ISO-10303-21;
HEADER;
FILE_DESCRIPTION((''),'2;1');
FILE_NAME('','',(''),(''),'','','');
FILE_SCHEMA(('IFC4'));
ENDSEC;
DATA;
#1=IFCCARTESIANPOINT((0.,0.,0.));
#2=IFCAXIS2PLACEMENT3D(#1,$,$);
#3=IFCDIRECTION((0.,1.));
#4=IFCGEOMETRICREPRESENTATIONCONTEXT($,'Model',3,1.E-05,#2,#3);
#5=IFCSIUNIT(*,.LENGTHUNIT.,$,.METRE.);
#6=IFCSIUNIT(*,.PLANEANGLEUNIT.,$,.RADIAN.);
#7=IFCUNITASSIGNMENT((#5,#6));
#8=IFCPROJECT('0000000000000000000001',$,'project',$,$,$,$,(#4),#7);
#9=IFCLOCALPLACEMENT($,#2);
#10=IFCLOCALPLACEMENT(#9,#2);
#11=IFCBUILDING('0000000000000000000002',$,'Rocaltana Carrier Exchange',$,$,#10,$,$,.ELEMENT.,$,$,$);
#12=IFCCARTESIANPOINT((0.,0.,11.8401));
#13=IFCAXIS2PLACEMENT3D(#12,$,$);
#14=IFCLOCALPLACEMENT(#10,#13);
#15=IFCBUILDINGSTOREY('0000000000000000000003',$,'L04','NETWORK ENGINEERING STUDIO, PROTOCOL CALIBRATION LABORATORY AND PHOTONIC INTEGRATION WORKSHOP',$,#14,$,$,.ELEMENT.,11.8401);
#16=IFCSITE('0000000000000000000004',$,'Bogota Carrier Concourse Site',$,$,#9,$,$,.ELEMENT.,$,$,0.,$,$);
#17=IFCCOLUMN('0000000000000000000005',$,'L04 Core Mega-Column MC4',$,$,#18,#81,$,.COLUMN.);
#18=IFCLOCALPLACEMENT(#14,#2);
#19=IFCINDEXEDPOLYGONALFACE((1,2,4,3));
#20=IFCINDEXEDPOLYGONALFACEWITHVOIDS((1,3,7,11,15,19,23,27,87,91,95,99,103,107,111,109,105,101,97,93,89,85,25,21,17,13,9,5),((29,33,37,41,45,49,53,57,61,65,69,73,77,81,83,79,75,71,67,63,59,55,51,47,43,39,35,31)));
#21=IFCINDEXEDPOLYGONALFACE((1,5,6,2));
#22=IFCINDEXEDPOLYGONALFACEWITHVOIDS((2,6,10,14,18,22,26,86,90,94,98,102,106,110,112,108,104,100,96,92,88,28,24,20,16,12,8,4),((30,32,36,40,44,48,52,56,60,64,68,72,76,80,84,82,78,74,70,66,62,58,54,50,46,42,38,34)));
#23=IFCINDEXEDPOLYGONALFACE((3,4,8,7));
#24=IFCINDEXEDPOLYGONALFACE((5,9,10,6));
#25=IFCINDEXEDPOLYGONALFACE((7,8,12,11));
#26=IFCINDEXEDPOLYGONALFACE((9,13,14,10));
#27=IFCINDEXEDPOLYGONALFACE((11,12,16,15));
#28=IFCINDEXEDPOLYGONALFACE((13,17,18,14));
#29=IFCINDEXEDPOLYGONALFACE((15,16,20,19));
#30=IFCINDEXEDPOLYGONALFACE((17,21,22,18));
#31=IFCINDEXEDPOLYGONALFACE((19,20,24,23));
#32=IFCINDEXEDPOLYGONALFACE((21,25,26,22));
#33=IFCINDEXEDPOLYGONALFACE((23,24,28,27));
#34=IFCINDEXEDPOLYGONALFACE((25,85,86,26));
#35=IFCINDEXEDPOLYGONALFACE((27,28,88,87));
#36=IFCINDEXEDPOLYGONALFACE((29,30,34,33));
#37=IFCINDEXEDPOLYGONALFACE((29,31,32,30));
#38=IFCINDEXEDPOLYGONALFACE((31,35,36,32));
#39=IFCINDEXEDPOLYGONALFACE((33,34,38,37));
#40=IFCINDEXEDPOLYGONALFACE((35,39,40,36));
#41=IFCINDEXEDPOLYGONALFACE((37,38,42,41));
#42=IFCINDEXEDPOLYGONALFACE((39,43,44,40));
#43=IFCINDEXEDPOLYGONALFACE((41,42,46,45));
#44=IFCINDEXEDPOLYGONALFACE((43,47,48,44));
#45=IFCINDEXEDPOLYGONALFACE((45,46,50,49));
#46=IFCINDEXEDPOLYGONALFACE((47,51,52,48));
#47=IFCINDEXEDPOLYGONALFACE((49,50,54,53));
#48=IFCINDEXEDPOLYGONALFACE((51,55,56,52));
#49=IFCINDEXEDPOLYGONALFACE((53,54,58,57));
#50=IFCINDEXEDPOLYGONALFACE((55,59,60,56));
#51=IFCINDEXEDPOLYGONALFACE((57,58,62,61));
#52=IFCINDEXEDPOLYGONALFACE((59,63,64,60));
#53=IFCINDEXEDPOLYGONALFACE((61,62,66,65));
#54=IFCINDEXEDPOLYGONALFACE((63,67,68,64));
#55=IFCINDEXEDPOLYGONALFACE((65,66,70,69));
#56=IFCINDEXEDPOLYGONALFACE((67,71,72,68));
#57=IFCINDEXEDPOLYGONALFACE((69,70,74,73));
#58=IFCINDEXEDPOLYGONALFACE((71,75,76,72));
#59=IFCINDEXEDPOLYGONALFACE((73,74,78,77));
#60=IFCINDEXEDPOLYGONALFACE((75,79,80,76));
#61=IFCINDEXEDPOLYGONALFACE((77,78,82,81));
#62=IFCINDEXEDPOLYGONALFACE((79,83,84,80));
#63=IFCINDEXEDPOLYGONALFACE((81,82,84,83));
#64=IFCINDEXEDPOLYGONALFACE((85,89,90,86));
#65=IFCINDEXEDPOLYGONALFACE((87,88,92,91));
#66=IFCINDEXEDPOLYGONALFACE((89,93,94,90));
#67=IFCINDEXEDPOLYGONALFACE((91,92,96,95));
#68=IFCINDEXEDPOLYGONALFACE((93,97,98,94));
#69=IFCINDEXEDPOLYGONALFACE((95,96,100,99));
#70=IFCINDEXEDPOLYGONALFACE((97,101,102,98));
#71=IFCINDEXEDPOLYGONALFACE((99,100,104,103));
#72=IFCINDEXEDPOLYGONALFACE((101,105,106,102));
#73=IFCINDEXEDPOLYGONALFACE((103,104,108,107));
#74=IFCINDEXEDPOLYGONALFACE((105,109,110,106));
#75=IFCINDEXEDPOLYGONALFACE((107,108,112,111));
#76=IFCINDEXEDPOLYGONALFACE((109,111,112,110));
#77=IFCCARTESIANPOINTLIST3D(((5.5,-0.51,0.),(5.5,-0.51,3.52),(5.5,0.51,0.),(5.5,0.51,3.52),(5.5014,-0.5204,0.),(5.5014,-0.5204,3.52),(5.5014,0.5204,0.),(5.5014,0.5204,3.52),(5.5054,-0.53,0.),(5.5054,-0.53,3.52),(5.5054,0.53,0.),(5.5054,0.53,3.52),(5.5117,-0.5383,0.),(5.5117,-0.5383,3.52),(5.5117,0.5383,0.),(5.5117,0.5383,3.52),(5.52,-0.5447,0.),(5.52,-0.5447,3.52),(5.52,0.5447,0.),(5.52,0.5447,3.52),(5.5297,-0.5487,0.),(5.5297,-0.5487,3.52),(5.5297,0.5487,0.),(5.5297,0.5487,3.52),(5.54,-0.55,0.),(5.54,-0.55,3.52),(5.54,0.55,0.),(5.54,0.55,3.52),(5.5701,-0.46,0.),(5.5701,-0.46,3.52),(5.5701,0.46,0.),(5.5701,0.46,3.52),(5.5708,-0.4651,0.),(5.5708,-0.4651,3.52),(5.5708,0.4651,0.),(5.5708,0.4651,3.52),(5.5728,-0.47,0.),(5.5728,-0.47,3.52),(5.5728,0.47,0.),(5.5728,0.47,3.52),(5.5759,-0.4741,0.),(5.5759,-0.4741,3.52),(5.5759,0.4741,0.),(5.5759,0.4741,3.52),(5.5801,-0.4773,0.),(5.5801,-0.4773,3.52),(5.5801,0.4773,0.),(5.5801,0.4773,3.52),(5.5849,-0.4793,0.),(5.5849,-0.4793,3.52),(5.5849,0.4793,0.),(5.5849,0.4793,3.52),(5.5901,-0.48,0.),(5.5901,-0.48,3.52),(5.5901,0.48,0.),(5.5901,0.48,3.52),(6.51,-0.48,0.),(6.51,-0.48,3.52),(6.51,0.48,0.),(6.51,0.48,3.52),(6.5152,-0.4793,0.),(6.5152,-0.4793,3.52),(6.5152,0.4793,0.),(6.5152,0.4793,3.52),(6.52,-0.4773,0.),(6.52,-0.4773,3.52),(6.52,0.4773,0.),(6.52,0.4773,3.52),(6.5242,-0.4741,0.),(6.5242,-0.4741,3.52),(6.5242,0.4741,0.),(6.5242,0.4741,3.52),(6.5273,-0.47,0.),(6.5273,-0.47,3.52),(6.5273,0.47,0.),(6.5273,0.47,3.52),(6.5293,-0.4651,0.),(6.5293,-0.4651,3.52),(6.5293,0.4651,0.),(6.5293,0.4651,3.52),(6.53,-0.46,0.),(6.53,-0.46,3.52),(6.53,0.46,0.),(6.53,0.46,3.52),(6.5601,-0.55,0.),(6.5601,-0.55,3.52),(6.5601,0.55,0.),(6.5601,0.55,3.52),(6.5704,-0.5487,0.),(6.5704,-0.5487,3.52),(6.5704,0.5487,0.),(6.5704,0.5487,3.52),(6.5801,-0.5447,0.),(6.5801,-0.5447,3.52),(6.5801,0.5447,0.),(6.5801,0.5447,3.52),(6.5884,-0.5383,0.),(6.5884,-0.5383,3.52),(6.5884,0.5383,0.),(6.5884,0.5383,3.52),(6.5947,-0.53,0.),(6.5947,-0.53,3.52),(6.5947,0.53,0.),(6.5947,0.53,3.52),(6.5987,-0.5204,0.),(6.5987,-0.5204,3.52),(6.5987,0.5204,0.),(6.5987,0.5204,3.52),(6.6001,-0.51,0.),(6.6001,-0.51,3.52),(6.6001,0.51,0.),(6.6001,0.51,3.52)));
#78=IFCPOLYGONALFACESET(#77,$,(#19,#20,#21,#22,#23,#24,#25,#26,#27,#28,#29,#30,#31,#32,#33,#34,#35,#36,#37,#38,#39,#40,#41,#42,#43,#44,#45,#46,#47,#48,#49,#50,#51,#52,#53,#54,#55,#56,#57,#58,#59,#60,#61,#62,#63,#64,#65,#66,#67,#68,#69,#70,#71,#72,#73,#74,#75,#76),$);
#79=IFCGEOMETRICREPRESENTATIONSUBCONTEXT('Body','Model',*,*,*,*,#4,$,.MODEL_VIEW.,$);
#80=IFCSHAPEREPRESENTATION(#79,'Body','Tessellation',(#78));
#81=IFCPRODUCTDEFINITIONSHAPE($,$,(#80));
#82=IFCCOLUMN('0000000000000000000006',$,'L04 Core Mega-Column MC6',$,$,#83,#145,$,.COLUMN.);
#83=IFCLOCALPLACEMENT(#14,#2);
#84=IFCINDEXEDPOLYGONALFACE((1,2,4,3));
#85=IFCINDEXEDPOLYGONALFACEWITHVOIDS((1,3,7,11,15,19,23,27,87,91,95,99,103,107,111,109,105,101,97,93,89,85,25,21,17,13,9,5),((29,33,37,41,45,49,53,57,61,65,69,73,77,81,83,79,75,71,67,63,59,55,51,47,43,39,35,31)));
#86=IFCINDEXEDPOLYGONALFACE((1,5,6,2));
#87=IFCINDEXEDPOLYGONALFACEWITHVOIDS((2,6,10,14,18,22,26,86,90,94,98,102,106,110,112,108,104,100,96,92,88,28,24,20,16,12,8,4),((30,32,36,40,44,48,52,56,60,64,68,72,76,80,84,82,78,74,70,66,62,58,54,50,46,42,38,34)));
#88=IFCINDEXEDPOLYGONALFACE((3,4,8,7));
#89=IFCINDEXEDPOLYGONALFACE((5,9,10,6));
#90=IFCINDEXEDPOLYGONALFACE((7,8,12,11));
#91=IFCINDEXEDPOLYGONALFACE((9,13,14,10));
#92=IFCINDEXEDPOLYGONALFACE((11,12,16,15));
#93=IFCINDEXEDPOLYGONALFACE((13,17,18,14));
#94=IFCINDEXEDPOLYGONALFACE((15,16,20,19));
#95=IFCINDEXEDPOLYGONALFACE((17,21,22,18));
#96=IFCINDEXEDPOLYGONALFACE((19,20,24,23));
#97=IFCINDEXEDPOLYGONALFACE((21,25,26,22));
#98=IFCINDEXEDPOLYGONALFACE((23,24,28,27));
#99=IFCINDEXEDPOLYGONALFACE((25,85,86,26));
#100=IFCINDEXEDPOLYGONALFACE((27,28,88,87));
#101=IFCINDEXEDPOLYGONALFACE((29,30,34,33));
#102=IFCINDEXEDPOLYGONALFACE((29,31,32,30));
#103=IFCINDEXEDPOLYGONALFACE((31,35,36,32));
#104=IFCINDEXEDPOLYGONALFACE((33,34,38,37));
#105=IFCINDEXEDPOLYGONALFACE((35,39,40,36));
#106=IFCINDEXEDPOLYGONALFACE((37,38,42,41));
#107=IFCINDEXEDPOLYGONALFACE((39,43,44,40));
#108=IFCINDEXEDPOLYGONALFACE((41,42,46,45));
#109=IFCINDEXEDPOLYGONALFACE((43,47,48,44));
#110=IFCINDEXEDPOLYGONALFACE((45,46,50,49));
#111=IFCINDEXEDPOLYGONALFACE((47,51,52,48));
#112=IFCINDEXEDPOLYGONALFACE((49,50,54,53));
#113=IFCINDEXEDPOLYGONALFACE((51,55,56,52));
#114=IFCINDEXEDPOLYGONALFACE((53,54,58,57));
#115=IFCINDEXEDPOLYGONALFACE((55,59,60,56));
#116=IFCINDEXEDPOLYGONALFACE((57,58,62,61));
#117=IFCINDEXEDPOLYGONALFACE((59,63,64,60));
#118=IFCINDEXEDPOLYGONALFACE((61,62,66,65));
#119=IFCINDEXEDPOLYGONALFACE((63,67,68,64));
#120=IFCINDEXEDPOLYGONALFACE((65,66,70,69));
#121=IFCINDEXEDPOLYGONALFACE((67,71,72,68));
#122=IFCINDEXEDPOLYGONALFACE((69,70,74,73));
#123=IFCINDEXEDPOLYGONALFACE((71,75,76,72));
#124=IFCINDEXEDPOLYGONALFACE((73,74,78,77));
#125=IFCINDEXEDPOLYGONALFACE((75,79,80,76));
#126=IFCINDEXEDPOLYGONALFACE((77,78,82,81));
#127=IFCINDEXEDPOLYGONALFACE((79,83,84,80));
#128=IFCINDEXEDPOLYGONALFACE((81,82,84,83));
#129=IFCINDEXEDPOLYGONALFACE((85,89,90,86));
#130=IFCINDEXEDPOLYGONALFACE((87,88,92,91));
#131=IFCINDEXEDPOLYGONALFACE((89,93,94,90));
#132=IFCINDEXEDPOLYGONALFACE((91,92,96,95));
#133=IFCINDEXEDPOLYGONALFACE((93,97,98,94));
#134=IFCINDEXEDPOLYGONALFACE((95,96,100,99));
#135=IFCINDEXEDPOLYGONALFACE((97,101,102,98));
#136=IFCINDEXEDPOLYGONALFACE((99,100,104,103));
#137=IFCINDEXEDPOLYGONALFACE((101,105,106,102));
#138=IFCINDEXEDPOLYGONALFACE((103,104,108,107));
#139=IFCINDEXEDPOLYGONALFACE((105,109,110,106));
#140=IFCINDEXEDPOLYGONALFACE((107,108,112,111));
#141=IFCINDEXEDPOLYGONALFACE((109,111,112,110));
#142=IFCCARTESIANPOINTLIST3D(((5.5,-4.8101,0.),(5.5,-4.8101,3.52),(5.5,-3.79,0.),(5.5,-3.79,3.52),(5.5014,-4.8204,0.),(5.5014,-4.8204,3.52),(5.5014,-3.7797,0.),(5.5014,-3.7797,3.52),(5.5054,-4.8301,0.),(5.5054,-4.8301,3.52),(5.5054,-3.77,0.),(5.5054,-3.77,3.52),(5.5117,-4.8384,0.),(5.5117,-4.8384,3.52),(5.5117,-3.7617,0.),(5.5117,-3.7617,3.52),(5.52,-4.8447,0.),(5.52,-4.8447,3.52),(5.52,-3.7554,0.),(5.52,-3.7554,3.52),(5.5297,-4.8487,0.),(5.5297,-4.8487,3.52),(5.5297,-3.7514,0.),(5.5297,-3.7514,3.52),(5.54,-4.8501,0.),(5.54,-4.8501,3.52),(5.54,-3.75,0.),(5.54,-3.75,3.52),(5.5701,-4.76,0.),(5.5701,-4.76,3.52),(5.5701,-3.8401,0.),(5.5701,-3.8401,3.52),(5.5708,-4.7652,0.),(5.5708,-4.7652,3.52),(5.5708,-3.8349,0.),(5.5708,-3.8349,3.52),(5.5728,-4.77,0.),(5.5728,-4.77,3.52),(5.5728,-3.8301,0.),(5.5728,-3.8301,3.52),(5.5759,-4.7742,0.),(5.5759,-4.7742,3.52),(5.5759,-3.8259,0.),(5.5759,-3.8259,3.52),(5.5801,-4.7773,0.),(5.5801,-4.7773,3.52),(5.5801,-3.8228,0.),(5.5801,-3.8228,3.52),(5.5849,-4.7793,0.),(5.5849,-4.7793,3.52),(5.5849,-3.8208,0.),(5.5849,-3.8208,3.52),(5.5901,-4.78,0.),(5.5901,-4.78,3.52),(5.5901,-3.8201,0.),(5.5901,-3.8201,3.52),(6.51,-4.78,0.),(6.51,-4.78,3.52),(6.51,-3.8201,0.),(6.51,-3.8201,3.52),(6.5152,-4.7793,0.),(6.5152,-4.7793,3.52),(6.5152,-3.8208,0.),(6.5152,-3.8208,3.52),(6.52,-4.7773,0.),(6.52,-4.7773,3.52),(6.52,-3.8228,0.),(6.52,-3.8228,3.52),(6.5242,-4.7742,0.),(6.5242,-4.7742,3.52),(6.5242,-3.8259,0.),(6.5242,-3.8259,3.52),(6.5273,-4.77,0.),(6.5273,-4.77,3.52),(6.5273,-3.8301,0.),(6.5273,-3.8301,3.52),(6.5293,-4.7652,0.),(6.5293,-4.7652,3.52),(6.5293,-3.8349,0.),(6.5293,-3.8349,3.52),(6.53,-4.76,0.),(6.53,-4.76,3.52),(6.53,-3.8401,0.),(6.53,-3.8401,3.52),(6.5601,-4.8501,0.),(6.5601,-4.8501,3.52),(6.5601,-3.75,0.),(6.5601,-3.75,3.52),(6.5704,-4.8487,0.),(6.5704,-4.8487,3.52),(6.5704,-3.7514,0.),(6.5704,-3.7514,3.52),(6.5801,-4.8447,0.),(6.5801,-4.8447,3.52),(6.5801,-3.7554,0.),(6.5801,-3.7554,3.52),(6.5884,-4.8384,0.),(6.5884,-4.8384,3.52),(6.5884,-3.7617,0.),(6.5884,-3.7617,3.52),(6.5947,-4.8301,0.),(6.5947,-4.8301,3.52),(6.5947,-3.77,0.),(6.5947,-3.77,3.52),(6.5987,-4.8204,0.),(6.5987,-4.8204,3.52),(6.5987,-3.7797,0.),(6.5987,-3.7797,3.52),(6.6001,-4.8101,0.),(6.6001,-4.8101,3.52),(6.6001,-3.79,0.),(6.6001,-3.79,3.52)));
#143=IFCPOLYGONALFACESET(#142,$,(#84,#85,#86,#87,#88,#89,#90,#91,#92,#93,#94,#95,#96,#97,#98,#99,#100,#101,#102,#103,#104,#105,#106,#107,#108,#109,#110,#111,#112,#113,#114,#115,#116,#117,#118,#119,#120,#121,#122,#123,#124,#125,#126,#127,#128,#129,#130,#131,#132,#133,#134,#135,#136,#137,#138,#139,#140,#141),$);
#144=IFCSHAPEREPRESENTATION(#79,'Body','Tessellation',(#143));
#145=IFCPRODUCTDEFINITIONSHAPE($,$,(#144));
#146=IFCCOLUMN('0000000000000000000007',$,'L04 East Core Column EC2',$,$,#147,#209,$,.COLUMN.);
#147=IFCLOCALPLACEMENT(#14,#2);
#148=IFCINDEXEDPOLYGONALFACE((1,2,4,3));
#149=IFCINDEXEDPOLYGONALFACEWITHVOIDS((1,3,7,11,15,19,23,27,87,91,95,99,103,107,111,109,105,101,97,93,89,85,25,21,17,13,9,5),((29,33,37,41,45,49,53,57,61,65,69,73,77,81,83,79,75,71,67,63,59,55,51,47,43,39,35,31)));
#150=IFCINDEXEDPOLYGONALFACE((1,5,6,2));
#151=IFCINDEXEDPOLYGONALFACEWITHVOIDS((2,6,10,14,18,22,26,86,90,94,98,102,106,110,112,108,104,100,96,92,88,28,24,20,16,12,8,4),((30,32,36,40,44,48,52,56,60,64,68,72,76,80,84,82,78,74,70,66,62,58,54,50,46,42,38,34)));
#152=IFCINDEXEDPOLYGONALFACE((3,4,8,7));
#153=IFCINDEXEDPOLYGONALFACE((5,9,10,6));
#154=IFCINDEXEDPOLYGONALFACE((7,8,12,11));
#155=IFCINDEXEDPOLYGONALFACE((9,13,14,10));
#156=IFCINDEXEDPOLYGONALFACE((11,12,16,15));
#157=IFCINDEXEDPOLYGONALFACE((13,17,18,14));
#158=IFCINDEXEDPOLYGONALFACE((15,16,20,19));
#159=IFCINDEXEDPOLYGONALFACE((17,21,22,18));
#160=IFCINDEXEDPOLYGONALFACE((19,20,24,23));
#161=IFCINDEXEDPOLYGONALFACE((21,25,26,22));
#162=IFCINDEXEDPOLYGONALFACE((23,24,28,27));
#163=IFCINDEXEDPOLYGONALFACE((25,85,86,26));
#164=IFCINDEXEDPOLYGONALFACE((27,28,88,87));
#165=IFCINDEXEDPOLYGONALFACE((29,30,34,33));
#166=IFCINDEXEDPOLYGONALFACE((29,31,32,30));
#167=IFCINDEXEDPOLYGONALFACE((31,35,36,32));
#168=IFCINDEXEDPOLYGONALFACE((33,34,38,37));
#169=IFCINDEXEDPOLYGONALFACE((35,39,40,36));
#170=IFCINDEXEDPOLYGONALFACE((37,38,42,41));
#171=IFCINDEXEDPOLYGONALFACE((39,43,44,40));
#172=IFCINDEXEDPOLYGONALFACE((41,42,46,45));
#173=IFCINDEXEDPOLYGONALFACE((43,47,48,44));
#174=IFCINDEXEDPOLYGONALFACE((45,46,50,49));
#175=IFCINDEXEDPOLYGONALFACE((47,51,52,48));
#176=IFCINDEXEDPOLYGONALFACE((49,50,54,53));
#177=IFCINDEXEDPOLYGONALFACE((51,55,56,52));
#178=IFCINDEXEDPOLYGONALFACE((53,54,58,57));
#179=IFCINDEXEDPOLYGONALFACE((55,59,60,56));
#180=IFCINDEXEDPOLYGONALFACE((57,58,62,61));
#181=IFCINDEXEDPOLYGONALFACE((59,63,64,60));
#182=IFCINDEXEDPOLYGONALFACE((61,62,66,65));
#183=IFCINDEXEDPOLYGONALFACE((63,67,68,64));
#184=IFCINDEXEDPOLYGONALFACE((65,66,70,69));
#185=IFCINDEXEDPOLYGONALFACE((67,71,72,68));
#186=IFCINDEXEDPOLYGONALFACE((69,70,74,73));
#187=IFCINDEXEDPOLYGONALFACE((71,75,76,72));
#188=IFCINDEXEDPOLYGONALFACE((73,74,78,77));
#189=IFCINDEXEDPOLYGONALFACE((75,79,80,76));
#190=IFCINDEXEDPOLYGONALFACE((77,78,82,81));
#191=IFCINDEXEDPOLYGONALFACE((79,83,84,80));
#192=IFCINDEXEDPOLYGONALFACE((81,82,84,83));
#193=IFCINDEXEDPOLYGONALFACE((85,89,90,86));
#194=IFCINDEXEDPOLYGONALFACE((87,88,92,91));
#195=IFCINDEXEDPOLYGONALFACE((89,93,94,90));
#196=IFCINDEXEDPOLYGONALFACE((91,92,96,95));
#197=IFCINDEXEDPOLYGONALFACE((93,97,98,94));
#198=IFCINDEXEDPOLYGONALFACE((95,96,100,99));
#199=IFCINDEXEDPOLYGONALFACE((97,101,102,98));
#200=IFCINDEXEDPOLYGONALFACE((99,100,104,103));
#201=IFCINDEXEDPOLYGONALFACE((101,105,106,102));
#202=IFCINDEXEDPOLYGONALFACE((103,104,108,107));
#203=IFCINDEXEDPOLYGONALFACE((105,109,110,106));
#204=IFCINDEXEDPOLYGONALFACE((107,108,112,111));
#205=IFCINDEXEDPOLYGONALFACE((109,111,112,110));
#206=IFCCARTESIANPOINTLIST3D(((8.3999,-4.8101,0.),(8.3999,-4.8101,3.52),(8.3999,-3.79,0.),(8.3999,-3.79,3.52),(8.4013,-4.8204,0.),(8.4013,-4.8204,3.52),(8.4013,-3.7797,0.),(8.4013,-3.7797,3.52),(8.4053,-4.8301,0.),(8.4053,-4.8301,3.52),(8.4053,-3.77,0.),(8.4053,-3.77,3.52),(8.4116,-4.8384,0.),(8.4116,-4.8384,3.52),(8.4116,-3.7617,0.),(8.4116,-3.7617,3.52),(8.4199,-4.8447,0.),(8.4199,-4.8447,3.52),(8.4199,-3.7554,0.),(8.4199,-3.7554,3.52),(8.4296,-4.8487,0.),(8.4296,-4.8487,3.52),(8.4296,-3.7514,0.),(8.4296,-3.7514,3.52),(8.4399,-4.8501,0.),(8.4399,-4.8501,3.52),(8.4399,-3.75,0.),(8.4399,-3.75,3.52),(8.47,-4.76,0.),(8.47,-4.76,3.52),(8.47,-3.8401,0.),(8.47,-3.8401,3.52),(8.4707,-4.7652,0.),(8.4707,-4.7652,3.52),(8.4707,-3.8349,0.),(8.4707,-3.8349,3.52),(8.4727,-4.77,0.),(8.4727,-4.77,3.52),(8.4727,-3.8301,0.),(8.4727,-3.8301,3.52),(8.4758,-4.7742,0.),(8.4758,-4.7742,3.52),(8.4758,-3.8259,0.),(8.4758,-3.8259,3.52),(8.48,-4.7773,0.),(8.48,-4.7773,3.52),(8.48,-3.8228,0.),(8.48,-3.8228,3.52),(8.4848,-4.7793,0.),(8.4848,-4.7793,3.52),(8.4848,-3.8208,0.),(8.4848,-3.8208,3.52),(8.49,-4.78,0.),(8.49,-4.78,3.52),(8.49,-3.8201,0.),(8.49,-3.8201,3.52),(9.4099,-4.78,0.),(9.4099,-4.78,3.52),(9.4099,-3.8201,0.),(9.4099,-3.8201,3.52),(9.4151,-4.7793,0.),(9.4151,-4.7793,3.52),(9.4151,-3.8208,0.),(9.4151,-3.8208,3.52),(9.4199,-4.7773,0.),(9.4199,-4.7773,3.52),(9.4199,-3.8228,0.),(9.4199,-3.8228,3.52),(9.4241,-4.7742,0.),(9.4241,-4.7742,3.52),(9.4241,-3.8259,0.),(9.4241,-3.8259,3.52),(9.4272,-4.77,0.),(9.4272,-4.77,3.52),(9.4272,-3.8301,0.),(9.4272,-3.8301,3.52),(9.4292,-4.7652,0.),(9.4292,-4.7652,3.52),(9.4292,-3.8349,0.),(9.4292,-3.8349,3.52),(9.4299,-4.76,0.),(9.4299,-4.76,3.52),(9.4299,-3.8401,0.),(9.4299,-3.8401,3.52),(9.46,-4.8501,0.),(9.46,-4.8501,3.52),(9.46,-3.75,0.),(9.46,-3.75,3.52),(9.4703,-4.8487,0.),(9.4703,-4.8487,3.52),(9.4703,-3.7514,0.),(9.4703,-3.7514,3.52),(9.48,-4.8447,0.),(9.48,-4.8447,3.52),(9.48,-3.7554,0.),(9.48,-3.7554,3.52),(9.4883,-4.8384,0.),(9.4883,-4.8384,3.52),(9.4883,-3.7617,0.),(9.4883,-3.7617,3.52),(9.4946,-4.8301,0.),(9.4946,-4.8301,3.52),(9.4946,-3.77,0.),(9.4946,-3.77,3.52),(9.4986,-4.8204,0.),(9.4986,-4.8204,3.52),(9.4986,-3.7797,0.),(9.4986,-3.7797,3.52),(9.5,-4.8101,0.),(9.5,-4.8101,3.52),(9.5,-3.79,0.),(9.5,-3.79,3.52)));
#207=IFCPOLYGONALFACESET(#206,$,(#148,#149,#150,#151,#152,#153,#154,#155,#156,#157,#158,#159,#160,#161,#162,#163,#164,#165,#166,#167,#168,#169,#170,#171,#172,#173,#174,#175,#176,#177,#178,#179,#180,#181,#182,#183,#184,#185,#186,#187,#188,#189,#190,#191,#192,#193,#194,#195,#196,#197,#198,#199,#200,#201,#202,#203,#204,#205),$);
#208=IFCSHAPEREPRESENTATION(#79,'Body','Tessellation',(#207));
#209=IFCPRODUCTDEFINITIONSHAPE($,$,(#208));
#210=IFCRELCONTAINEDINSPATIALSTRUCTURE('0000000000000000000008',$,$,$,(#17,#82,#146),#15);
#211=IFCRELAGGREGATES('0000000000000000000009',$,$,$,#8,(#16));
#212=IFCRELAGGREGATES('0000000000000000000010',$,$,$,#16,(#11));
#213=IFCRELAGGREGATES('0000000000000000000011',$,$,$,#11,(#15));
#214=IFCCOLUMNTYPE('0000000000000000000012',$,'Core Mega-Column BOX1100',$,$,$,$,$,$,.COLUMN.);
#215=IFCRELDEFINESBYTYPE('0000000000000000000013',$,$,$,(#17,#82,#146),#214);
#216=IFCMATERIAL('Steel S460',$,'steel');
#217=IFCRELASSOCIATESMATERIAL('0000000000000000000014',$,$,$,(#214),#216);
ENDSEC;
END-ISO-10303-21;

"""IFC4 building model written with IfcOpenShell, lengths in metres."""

from ifc_helpers import new_model, si_unit, direction, frame, origin, origin_2d, place, context, subcontext, project, spatial, hollow_rectangle, extrude, material, material_profile, profile_set, type_object, element, save


model = new_model("IFC4")

# Units and contexts
model_context = context("Model", 3, precision=1e-05, world=origin(), true_north=direction((0.0, 1.0)))
body_context = subcontext(model_context, "Body", "Model", "MODEL_VIEW")
ifc_project = project(units=[si_unit("LENGTHUNIT", "METRE"), si_unit("PLANEANGLEUNIT", "RADIAN")], contexts=[model_context])

# Site, building, storey
site_placement = place(None, origin())
site = spatial("IfcSite", under=ifc_project, at=site_placement, Name="Bogota Carrier Concourse Site", CompositionType="ELEMENT", RefElevation=0.0)
building_placement = place(site_placement, origin())
building = spatial("IfcBuilding", under=site, at=building_placement, Name="Rocaltana Carrier Exchange", CompositionType="ELEMENT")
storey_placement = place(building_placement, frame((0.0, 0.0, 11.8401)))
storey = spatial("IfcBuildingStorey", under=building, at=storey_placement, Name="L04", Description="NETWORK ENGINEERING STUDIO, PROTOCOL CALIBRATION LABORATORY AND PHOTONIC INTEGRATION WORKSHOP", CompositionType="ELEMENT", Elevation=11.8401)

# Columns
ifc_material_1 = material(Name="Steel S460", Category="steel")
ifc_material_profile_1 = material_profile(ifc_material_1, hollow_rectangle(XDim=1.1001, YDim=1.1001, WallThickness=0.0701, InnerFilletRadius=0.02, OuterFilletRadius=0.04, at=origin_2d()), Name="BOX1100X1100X70")
ifc_profile_set_1 = profile_set([ifc_material_profile_1], Name="Steel S460")
column_type = type_object("IfcColumnType", Name="Core Mega-Column BOX1100", PredefinedType="COLUMN", material=ifc_profile_set_1)
for number, where, z_axis, x_axis, name in (
    (1, (6.05, 0.0, 0.0), (0.0, 0.0, 1.0), (1.0, 0.0, 0.0), "L04 Core Mega-Column MC4"),
    (2, (6.05, -4.3, 0.0), (0.0, 0.0, 1.0), (1.0, 0.0, 0.0), "L04 Core Mega-Column MC6"),
    (3, (8.95, -4.3, 0.0), (0.0, 0.0, 1.0), (1.0, 0.0, 0.0), "L04 East Core Column EC2"),
):
    element("IfcColumn", number, at=place(storey_placement, frame(where, z_axis=z_axis, x_axis=x_axis)), inside=storey, type_object=column_type, Name=name, PredefinedType="COLUMN", context=body_context, shape_type="SweptSolid", body=[
        extrude(hollow_rectangle(XDim=1.1001, YDim=1.1001, WallThickness=0.0701, InnerFilletRadius=0.02, OuterFilletRadius=0.04, at=origin_2d()), origin(), (0.0, 0.0, 1.0), 3.52),
    ])

save(model, "model.ifc")
